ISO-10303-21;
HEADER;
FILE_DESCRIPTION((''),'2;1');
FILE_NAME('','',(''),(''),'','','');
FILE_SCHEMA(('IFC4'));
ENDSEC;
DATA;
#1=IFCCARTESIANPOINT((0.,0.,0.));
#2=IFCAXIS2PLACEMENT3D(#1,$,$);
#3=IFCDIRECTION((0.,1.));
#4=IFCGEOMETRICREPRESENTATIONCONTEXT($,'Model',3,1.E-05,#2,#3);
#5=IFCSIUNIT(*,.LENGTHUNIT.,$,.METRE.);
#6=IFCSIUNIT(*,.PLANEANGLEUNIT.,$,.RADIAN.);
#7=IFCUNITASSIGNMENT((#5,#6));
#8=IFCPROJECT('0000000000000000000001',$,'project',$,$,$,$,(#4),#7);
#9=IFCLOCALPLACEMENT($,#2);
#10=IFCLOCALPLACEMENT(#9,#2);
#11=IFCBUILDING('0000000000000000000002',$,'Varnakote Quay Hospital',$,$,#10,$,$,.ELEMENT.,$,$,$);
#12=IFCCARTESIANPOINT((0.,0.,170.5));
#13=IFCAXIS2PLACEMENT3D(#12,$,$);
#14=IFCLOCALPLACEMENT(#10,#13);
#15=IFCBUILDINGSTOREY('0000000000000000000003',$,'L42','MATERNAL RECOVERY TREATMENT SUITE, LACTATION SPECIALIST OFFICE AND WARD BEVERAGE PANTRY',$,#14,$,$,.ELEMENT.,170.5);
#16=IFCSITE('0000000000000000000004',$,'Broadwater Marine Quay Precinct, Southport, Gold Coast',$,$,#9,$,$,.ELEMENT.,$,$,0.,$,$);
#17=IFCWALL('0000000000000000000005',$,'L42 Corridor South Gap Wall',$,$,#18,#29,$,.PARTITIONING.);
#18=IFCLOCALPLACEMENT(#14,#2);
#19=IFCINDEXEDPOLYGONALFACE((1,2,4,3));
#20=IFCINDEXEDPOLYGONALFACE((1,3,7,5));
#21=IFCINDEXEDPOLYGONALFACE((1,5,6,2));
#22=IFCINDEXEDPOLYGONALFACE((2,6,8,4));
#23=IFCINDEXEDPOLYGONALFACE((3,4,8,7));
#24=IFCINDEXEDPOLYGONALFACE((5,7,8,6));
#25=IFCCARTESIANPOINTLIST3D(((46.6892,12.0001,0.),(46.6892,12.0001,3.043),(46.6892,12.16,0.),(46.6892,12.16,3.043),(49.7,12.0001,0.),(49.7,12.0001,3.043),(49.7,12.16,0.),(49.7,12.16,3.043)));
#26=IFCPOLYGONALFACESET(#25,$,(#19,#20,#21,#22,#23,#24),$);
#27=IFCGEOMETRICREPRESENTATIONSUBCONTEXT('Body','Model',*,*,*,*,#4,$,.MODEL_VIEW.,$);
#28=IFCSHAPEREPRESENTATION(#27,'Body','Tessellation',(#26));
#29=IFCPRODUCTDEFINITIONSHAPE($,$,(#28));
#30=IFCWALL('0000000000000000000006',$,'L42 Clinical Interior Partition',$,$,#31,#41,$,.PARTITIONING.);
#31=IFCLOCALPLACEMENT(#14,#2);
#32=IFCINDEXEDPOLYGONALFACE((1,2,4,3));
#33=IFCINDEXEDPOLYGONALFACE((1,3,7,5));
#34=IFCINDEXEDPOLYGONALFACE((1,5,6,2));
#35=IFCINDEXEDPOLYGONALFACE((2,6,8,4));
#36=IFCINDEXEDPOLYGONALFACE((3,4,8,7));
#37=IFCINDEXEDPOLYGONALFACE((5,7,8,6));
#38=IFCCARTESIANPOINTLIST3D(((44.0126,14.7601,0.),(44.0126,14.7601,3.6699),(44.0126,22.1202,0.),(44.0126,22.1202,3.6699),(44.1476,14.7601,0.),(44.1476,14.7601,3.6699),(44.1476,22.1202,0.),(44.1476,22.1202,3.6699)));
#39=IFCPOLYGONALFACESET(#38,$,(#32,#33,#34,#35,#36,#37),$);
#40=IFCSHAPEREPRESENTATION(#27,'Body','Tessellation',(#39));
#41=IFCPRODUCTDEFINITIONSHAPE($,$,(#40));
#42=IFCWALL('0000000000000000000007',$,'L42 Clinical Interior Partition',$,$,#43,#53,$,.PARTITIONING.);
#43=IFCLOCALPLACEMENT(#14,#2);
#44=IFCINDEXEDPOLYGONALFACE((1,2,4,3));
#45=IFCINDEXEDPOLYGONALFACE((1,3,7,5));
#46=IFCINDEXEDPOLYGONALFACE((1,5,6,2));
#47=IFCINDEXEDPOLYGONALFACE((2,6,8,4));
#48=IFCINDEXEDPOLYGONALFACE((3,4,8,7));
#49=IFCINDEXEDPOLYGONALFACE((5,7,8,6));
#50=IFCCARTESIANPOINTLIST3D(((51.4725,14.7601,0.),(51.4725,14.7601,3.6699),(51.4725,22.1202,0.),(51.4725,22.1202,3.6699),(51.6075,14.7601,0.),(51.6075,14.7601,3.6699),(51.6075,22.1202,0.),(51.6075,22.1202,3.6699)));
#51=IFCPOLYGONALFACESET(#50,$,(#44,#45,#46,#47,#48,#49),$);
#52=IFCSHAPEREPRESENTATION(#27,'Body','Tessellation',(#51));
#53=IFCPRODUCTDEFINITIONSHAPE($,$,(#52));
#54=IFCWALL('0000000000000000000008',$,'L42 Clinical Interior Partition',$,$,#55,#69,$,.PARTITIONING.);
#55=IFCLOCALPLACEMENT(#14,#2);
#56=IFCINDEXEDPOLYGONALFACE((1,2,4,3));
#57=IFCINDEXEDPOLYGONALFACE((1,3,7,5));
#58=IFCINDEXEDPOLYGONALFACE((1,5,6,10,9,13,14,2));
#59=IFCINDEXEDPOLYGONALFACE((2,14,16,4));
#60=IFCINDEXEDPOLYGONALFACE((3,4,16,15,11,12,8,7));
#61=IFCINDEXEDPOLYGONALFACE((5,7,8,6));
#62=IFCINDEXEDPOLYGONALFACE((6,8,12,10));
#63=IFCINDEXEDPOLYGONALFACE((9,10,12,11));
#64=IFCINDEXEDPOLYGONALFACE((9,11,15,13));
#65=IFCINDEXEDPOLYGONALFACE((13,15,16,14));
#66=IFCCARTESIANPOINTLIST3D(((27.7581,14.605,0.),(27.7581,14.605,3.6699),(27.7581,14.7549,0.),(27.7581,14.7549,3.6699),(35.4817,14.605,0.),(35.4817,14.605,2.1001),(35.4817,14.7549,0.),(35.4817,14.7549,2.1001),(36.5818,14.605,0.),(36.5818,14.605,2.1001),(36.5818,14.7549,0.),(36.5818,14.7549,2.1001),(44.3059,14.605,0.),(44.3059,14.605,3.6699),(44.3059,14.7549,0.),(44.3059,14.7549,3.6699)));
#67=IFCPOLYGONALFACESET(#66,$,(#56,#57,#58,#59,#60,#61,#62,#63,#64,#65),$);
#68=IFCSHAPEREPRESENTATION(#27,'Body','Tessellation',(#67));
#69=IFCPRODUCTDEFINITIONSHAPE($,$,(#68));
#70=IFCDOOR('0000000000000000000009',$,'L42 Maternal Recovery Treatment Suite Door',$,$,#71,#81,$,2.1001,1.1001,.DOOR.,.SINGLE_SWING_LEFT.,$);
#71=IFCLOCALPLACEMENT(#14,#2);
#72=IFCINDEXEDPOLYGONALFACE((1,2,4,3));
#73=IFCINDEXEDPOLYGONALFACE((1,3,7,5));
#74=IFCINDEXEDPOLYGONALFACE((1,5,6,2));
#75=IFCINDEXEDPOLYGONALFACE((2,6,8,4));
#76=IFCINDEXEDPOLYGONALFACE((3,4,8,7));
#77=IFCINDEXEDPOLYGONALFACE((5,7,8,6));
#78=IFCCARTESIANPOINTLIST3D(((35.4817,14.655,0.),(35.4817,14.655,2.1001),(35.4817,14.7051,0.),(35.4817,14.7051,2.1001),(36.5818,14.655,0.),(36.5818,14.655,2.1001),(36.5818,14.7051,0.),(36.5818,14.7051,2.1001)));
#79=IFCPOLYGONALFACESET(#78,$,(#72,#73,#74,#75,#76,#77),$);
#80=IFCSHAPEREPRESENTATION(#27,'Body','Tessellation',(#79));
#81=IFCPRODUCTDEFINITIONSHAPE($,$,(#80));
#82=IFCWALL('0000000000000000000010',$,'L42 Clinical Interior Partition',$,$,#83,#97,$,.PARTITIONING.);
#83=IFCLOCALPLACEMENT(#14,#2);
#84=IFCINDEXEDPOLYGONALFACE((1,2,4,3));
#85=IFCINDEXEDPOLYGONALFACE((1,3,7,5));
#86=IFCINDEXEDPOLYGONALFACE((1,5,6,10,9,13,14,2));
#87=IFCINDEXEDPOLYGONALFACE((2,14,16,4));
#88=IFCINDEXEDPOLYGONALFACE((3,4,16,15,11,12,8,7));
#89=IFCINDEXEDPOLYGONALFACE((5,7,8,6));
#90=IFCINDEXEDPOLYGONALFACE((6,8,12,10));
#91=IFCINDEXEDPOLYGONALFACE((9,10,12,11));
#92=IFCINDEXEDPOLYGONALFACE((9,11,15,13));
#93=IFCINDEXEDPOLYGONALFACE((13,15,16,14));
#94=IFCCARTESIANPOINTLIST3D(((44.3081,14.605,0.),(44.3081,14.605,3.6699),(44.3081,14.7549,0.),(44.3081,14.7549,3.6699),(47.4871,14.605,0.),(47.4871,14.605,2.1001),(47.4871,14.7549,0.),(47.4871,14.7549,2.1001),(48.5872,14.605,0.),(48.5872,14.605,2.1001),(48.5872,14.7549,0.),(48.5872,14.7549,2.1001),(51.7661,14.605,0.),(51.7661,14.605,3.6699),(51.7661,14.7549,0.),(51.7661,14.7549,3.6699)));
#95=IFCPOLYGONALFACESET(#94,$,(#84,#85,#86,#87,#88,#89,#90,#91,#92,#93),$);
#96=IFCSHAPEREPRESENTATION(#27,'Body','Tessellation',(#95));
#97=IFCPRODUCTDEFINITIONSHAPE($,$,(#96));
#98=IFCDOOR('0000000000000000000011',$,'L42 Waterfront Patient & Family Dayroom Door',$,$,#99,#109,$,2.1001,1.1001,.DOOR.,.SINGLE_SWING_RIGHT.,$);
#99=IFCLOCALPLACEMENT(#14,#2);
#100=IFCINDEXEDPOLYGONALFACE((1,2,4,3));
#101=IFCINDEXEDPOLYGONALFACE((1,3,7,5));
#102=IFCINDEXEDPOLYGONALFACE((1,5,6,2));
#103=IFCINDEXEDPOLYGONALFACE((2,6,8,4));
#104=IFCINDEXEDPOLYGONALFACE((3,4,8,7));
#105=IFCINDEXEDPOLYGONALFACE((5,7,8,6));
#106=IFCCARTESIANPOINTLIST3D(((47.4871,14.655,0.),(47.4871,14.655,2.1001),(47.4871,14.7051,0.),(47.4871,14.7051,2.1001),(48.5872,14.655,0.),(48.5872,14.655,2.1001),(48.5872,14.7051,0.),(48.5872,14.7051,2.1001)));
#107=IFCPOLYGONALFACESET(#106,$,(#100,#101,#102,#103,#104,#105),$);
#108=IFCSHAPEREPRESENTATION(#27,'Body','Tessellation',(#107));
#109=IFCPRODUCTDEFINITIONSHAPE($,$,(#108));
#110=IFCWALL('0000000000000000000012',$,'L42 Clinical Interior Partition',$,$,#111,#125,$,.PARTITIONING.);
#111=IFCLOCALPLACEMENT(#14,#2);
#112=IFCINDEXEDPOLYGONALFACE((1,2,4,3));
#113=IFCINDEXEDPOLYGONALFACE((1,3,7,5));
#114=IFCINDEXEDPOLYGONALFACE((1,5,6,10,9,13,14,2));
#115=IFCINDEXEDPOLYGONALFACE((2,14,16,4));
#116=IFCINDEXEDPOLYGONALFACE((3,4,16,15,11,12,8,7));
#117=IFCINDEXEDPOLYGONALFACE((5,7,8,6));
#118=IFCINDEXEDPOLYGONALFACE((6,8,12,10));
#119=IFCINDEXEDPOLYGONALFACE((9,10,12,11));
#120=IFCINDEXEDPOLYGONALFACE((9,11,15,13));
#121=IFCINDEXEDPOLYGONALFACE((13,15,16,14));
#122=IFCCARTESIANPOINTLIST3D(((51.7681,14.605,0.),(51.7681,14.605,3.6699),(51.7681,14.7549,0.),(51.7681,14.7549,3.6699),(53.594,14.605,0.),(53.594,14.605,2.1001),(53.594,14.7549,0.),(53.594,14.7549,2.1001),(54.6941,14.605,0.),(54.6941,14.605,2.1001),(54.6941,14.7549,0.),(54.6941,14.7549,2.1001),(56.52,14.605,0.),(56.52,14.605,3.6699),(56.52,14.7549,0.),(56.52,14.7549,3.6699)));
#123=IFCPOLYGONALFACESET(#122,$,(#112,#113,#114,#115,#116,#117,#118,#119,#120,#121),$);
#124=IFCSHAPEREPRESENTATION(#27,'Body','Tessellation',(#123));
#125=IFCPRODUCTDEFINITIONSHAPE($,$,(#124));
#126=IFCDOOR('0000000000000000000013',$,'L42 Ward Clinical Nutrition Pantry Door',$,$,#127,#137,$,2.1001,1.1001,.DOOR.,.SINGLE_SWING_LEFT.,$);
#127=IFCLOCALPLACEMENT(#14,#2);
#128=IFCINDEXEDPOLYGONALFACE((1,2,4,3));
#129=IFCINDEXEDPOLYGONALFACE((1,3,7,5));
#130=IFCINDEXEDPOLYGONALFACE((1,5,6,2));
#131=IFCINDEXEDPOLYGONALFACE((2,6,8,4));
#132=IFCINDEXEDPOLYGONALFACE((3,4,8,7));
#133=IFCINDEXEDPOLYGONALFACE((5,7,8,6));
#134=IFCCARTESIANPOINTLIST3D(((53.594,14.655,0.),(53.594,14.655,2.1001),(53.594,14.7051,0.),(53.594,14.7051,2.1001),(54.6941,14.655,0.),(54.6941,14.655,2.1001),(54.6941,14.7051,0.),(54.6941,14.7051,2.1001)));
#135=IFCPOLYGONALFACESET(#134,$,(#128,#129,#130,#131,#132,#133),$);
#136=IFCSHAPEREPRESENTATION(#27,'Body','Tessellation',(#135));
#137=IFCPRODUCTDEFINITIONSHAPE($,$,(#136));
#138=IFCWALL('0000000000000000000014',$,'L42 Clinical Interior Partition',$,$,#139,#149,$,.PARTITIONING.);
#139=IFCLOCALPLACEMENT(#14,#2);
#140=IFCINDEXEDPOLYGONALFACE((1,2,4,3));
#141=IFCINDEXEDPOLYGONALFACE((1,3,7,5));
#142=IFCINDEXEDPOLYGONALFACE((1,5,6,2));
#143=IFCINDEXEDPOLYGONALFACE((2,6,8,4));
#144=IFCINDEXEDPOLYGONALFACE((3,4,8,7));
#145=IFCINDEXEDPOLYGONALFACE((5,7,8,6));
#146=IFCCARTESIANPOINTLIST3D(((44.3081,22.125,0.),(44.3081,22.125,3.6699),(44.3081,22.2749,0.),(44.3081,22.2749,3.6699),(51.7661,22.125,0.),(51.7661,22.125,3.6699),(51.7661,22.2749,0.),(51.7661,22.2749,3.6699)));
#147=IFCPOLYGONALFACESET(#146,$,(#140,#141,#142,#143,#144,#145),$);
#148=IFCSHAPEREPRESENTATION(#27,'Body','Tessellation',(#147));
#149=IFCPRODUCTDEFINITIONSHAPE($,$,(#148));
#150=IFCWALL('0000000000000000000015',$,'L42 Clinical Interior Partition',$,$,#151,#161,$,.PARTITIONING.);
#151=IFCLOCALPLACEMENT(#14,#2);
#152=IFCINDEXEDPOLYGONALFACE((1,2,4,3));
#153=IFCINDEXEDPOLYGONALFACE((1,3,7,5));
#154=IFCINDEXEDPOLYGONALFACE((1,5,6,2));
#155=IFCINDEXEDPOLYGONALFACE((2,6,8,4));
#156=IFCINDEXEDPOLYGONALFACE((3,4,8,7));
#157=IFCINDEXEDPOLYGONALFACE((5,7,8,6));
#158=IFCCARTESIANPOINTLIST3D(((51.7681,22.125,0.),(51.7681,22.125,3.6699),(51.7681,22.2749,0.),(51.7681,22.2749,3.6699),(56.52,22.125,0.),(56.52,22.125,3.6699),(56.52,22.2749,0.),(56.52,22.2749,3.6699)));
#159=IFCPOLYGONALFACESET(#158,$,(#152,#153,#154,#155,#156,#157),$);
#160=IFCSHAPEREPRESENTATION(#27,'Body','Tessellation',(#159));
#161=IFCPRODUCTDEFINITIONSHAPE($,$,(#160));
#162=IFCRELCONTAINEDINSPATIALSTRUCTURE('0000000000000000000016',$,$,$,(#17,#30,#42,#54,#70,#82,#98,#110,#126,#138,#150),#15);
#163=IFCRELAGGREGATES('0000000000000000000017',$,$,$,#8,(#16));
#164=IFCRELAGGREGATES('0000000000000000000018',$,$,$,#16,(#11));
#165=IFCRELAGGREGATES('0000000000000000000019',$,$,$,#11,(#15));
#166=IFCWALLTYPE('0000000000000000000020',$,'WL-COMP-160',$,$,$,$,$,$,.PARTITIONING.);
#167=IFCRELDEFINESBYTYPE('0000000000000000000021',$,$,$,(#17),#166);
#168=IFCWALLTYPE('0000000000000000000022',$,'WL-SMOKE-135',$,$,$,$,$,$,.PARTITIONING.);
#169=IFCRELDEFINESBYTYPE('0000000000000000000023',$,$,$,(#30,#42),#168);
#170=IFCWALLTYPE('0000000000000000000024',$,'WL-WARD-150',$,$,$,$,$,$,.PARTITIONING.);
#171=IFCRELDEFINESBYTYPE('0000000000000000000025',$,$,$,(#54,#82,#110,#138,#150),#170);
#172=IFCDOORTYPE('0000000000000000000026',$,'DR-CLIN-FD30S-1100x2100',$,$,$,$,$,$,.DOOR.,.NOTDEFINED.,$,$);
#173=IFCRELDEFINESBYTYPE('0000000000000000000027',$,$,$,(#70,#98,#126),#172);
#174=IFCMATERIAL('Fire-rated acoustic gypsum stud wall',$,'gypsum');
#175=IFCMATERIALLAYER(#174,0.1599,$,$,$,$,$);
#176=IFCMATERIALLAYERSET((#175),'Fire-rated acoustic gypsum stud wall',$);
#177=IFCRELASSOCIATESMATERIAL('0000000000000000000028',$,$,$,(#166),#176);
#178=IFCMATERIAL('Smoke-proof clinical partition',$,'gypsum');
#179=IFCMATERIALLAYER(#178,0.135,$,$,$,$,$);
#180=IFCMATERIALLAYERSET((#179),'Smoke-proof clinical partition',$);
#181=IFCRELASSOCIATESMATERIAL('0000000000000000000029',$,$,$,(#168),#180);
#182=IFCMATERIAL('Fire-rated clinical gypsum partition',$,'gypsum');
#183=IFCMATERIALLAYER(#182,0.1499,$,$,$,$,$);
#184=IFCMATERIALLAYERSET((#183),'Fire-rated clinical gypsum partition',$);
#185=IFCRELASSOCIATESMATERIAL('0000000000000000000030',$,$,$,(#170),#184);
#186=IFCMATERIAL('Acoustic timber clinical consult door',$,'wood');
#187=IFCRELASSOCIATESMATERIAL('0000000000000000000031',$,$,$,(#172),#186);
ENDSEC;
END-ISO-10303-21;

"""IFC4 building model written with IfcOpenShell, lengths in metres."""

from ifc_helpers import new_model, si_unit, direction, frame, frame_2d, origin, place, context, subcontext, project, spatial, rectangle, extrude, material, layer, layer_set, type_object, element, fill, save


model = new_model("IFC4")

# Units and contexts
model_context = context("Model", 3, precision=1e-05, world=origin(), true_north=direction((0.0, 1.0)))
body_context = subcontext(model_context, "Body", "Model", "MODEL_VIEW")
ifc_project = project(units=[si_unit("LENGTHUNIT", "METRE"), si_unit("PLANEANGLEUNIT", "RADIAN")], contexts=[model_context])

# Site, building, storey
site_placement = place(None, origin())
site = spatial("IfcSite", under=ifc_project, at=site_placement, Name="Broadwater Marine Quay Precinct, Southport, Gold Coast", CompositionType="ELEMENT", RefElevation=0.0)
building_placement = place(site_placement, origin())
building = spatial("IfcBuilding", under=site, at=building_placement, Name="Varnakote Quay Hospital", CompositionType="ELEMENT")
storey_placement = place(building_placement, frame((0.0, 0.0, 170.5)))
storey = spatial("IfcBuildingStorey", under=building, at=storey_placement, Name="L42", Description="MATERNAL RECOVERY TREATMENT SUITE, LACTATION SPECIALIST OFFICE AND WARD BEVERAGE PANTRY", CompositionType="ELEMENT", Elevation=170.5)

# Walls
ifc_material_1 = material(Name="Fire-rated acoustic gypsum stud wall", Category="gypsum")
ifc_layer_1 = layer(ifc_material_1, 0.1599)
ifc_layer_set_1 = layer_set([ifc_layer_1], Name="Fire-rated acoustic gypsum stud wall")
wall_type_1 = type_object("IfcWallType", Name="WL-COMP-160", PredefinedType="PARTITIONING", material=ifc_layer_set_1)
wall_1_placement = place(storey_placement, frame((46.6892, 12.0801, 0.0), z_axis=(0.0, 0.0, 1.0), x_axis=(1.0, 0.0, 0.0)))
element("IfcWall", 1, at=wall_1_placement, inside=storey, type_object=wall_type_1, Name="L42 Corridor South Gap Wall", PredefinedType="PARTITIONING", context=body_context, shape_type="SweptSolid", body=[
    extrude(rectangle(XDim=3.0107, YDim=0.1599, at=frame_2d((1.5054, 0.0))), origin(), (0.0, 0.0, 1.0), 3.043),
])
ifc_material_2 = material(Name="Smoke-proof clinical partition", Category="gypsum")
ifc_layer_2 = layer(ifc_material_2, 0.135)
ifc_layer_set_2 = layer_set([ifc_layer_2], Name="Smoke-proof clinical partition")
wall_type_2 = type_object("IfcWallType", Name="WL-SMOKE-135", PredefinedType="PARTITIONING", material=ifc_layer_set_2)
for number, where, z_axis, x_axis, name in (
    (2, (44.0801, 14.76, 0.0), (0.0, 0.0, 1.0), (0.0, 1.0, 0.0), "L42 Clinical Interior Partition"),
    (3, (51.54, 14.76, 0.0), (0.0, 0.0, 1.0), (0.0, 1.0, 0.0), "L42 Clinical Interior Partition"),
):
    element("IfcWall", number, at=place(storey_placement, frame(where, z_axis=z_axis, x_axis=x_axis)), inside=storey, type_object=wall_type_2, Name=name, PredefinedType="PARTITIONING", context=body_context, shape_type="SweptSolid", body=[
        extrude(rectangle(XDim=7.3601, YDim=0.135, at=frame_2d((3.6802, 0.0))), origin(), (0.0, 0.0, 1.0), 3.6699),
    ])

# Walls, openings, doors
ifc_material_3 = material(Name="Fire-rated clinical gypsum partition", Category="gypsum")
ifc_layer_3 = layer(ifc_material_3, 0.1499)
ifc_layer_set_3 = layer_set([ifc_layer_3], Name="Fire-rated clinical gypsum partition")
wall_type_3 = type_object("IfcWallType", Name="WL-WARD-150", PredefinedType="PARTITIONING", material=ifc_layer_set_3)
wall_2_placement = place(storey_placement, frame((44.3059, 14.6799, 0.0), z_axis=(0.0, 0.0, 1.0), x_axis=(-1.0, 0.0, 0.0)))
wall_2 = element("IfcWall", 4, at=wall_2_placement, inside=storey, type_object=wall_type_3, Name="L42 Clinical Interior Partition", PredefinedType="PARTITIONING", context=body_context, shape_type="SweptSolid", body=[
    extrude(rectangle(XDim=16.5479, YDim=0.1499, at=frame_2d((8.2739, 0.0))), origin(), (0.0, 0.0, 1.0), 3.6699),
])
opening_1_placement = place(wall_2_placement, frame((7.7241, 0.0, 0.0)))
opening_1 = element("IfcOpeningElement", 5, at=opening_1_placement, cuts=wall_2, PredefinedType="OPENING", context=body_context, shape_type="SweptSolid", body=[
    extrude(rectangle(XDim=1.1001, YDim=2.1001, at=frame_2d((0.55, 1.05))), frame((0.0, 0.085, 0.0), z_axis=(0.0, -1.0, 0.0), x_axis=(1.0, 0.0, 0.0)), (0.0, 0.0, 1.0), 0.1699),
])
ifc_material_4 = material(Name="Acoustic timber clinical consult door", Category="wood")
door_type = type_object("IfcDoorType", Name="DR-CLIN-FD30S-1100x2100", OperationType="NOTDEFINED", PredefinedType="DOOR", material=ifc_material_4)
door_1_placement = place(opening_1_placement, origin())
door_1 = element("IfcDoor", 6, at=door_1_placement, inside=storey, type_object=door_type, Name="L42 Maternal Recovery Treatment Suite Door", OperationType="SINGLE_SWING_LEFT", OverallHeight=2.1001, OverallWidth=1.1001, PredefinedType="DOOR", context=body_context, shape_type="SweptSolid", body=[
    extrude(rectangle(XDim=1.1001, YDim=2.1001, at=frame_2d((0.55, 1.05))), frame((0.0, 0.0249, 0.0), z_axis=(0.0, -1.0, 0.0), x_axis=(1.0, 0.0, 0.0)), (0.0, 0.0, 1.0), 0.05),
])
fill(opening_1, door_1)
wall_3_placement = place(storey_placement, frame((51.7661, 14.6799, 0.0), z_axis=(0.0, 0.0, 1.0), x_axis=(-1.0, 0.0, 0.0)))
wall_3 = element("IfcWall", 7, at=wall_3_placement, inside=storey, type_object=wall_type_3, Name="L42 Clinical Interior Partition", PredefinedType="PARTITIONING", context=body_context, shape_type="SweptSolid", body=[
    extrude(rectangle(XDim=7.458, YDim=0.1499, at=frame_2d((3.729, 0.0))), origin(), (0.0, 0.0, 1.0), 3.6699),
])
opening_2_placement = place(wall_3_placement, frame((3.179, 0.0, 0.0)))
opening_2 = element("IfcOpeningElement", 8, at=opening_2_placement, cuts=wall_3, PredefinedType="OPENING", context=body_context, shape_type="SweptSolid", body=[
    extrude(rectangle(XDim=1.1001, YDim=2.1001, at=frame_2d((0.55, 1.05))), frame((0.0, 0.085, 0.0), z_axis=(0.0, -1.0, 0.0), x_axis=(1.0, 0.0, 0.0)), (0.0, 0.0, 1.0), 0.1699),
])
door_2_placement = place(opening_2_placement, origin())
door_2 = element("IfcDoor", 9, at=door_2_placement, inside=storey, type_object=door_type, Name="L42 Waterfront Patient & Family Dayroom Door", OperationType="SINGLE_SWING_RIGHT", OverallHeight=2.1001, OverallWidth=1.1001, PredefinedType="DOOR", context=body_context, shape_type="SweptSolid", body=[
    extrude(rectangle(XDim=1.1001, YDim=2.1001, at=frame_2d((0.55, 1.05))), frame((0.0, 0.0249, 0.0), z_axis=(0.0, -1.0, 0.0), x_axis=(1.0, 0.0, 0.0)), (0.0, 0.0, 1.0), 0.05),
])
fill(opening_2, door_2)
wall_4_placement = place(storey_placement, frame((56.52, 14.6799, 0.0), z_axis=(0.0, 0.0, 1.0), x_axis=(-1.0, 0.0, 0.0)))
wall_4 = element("IfcWall", 10, at=wall_4_placement, inside=storey, type_object=wall_type_3, Name="L42 Clinical Interior Partition", PredefinedType="PARTITIONING", context=body_context, shape_type="SweptSolid", body=[
    extrude(rectangle(XDim=4.752, YDim=0.1499, at=frame_2d((2.376, 0.0))), origin(), (0.0, 0.0, 1.0), 3.6699),
])
opening_3_placement = place(wall_4_placement, frame((1.8259, 0.0, 0.0)))
opening_3 = element("IfcOpeningElement", 11, at=opening_3_placement, cuts=wall_4, PredefinedType="OPENING", context=body_context, shape_type="SweptSolid", body=[
    extrude(rectangle(XDim=1.1001, YDim=2.1001, at=frame_2d((0.55, 1.05))), frame((0.0, 0.085, 0.0), z_axis=(0.0, -1.0, 0.0), x_axis=(1.0, 0.0, 0.0)), (0.0, 0.0, 1.0), 0.1699),
])
door_3_placement = place(opening_3_placement, origin())
door_3 = element("IfcDoor", 12, at=door_3_placement, inside=storey, type_object=door_type, Name="L42 Ward Clinical Nutrition Pantry Door", OperationType="SINGLE_SWING_LEFT", OverallHeight=2.1001, OverallWidth=1.1001, PredefinedType="DOOR", context=body_context, shape_type="SweptSolid", body=[
    extrude(rectangle(XDim=1.1001, YDim=2.1001, at=frame_2d((0.55, 1.05))), frame((0.0, 0.0249, 0.0), z_axis=(0.0, -1.0, 0.0), x_axis=(1.0, 0.0, 0.0)), (0.0, 0.0, 1.0), 0.05),
])
fill(opening_3, door_3)

# Walls
wall_5_placement = place(storey_placement, frame((44.3081, 22.2, 0.0), z_axis=(0.0, 0.0, 1.0), x_axis=(1.0, 0.0, 0.0)))
element("IfcWall", 13, at=wall_5_placement, inside=storey, type_object=wall_type_3, Name="L42 Clinical Interior Partition", PredefinedType="PARTITIONING", context=body_context, shape_type="SweptSolid", body=[
    extrude(rectangle(XDim=7.458, YDim=0.1499, at=frame_2d((3.729, 0.0))), origin(), (0.0, 0.0, 1.0), 3.6699),
])
wall_6_placement = place(storey_placement, frame((51.7681, 22.2, 0.0), z_axis=(0.0, 0.0, 1.0), x_axis=(1.0, 0.0, 0.0)))
element("IfcWall", 14, at=wall_6_placement, inside=storey, type_object=wall_type_3, Name="L42 Clinical Interior Partition", PredefinedType="PARTITIONING", context=body_context, shape_type="SweptSolid", body=[
    extrude(rectangle(XDim=4.752, YDim=0.1499, at=frame_2d((2.376, 0.0))), origin(), (0.0, 0.0, 1.0), 3.6699),
])

save(model, "model.ifc")
